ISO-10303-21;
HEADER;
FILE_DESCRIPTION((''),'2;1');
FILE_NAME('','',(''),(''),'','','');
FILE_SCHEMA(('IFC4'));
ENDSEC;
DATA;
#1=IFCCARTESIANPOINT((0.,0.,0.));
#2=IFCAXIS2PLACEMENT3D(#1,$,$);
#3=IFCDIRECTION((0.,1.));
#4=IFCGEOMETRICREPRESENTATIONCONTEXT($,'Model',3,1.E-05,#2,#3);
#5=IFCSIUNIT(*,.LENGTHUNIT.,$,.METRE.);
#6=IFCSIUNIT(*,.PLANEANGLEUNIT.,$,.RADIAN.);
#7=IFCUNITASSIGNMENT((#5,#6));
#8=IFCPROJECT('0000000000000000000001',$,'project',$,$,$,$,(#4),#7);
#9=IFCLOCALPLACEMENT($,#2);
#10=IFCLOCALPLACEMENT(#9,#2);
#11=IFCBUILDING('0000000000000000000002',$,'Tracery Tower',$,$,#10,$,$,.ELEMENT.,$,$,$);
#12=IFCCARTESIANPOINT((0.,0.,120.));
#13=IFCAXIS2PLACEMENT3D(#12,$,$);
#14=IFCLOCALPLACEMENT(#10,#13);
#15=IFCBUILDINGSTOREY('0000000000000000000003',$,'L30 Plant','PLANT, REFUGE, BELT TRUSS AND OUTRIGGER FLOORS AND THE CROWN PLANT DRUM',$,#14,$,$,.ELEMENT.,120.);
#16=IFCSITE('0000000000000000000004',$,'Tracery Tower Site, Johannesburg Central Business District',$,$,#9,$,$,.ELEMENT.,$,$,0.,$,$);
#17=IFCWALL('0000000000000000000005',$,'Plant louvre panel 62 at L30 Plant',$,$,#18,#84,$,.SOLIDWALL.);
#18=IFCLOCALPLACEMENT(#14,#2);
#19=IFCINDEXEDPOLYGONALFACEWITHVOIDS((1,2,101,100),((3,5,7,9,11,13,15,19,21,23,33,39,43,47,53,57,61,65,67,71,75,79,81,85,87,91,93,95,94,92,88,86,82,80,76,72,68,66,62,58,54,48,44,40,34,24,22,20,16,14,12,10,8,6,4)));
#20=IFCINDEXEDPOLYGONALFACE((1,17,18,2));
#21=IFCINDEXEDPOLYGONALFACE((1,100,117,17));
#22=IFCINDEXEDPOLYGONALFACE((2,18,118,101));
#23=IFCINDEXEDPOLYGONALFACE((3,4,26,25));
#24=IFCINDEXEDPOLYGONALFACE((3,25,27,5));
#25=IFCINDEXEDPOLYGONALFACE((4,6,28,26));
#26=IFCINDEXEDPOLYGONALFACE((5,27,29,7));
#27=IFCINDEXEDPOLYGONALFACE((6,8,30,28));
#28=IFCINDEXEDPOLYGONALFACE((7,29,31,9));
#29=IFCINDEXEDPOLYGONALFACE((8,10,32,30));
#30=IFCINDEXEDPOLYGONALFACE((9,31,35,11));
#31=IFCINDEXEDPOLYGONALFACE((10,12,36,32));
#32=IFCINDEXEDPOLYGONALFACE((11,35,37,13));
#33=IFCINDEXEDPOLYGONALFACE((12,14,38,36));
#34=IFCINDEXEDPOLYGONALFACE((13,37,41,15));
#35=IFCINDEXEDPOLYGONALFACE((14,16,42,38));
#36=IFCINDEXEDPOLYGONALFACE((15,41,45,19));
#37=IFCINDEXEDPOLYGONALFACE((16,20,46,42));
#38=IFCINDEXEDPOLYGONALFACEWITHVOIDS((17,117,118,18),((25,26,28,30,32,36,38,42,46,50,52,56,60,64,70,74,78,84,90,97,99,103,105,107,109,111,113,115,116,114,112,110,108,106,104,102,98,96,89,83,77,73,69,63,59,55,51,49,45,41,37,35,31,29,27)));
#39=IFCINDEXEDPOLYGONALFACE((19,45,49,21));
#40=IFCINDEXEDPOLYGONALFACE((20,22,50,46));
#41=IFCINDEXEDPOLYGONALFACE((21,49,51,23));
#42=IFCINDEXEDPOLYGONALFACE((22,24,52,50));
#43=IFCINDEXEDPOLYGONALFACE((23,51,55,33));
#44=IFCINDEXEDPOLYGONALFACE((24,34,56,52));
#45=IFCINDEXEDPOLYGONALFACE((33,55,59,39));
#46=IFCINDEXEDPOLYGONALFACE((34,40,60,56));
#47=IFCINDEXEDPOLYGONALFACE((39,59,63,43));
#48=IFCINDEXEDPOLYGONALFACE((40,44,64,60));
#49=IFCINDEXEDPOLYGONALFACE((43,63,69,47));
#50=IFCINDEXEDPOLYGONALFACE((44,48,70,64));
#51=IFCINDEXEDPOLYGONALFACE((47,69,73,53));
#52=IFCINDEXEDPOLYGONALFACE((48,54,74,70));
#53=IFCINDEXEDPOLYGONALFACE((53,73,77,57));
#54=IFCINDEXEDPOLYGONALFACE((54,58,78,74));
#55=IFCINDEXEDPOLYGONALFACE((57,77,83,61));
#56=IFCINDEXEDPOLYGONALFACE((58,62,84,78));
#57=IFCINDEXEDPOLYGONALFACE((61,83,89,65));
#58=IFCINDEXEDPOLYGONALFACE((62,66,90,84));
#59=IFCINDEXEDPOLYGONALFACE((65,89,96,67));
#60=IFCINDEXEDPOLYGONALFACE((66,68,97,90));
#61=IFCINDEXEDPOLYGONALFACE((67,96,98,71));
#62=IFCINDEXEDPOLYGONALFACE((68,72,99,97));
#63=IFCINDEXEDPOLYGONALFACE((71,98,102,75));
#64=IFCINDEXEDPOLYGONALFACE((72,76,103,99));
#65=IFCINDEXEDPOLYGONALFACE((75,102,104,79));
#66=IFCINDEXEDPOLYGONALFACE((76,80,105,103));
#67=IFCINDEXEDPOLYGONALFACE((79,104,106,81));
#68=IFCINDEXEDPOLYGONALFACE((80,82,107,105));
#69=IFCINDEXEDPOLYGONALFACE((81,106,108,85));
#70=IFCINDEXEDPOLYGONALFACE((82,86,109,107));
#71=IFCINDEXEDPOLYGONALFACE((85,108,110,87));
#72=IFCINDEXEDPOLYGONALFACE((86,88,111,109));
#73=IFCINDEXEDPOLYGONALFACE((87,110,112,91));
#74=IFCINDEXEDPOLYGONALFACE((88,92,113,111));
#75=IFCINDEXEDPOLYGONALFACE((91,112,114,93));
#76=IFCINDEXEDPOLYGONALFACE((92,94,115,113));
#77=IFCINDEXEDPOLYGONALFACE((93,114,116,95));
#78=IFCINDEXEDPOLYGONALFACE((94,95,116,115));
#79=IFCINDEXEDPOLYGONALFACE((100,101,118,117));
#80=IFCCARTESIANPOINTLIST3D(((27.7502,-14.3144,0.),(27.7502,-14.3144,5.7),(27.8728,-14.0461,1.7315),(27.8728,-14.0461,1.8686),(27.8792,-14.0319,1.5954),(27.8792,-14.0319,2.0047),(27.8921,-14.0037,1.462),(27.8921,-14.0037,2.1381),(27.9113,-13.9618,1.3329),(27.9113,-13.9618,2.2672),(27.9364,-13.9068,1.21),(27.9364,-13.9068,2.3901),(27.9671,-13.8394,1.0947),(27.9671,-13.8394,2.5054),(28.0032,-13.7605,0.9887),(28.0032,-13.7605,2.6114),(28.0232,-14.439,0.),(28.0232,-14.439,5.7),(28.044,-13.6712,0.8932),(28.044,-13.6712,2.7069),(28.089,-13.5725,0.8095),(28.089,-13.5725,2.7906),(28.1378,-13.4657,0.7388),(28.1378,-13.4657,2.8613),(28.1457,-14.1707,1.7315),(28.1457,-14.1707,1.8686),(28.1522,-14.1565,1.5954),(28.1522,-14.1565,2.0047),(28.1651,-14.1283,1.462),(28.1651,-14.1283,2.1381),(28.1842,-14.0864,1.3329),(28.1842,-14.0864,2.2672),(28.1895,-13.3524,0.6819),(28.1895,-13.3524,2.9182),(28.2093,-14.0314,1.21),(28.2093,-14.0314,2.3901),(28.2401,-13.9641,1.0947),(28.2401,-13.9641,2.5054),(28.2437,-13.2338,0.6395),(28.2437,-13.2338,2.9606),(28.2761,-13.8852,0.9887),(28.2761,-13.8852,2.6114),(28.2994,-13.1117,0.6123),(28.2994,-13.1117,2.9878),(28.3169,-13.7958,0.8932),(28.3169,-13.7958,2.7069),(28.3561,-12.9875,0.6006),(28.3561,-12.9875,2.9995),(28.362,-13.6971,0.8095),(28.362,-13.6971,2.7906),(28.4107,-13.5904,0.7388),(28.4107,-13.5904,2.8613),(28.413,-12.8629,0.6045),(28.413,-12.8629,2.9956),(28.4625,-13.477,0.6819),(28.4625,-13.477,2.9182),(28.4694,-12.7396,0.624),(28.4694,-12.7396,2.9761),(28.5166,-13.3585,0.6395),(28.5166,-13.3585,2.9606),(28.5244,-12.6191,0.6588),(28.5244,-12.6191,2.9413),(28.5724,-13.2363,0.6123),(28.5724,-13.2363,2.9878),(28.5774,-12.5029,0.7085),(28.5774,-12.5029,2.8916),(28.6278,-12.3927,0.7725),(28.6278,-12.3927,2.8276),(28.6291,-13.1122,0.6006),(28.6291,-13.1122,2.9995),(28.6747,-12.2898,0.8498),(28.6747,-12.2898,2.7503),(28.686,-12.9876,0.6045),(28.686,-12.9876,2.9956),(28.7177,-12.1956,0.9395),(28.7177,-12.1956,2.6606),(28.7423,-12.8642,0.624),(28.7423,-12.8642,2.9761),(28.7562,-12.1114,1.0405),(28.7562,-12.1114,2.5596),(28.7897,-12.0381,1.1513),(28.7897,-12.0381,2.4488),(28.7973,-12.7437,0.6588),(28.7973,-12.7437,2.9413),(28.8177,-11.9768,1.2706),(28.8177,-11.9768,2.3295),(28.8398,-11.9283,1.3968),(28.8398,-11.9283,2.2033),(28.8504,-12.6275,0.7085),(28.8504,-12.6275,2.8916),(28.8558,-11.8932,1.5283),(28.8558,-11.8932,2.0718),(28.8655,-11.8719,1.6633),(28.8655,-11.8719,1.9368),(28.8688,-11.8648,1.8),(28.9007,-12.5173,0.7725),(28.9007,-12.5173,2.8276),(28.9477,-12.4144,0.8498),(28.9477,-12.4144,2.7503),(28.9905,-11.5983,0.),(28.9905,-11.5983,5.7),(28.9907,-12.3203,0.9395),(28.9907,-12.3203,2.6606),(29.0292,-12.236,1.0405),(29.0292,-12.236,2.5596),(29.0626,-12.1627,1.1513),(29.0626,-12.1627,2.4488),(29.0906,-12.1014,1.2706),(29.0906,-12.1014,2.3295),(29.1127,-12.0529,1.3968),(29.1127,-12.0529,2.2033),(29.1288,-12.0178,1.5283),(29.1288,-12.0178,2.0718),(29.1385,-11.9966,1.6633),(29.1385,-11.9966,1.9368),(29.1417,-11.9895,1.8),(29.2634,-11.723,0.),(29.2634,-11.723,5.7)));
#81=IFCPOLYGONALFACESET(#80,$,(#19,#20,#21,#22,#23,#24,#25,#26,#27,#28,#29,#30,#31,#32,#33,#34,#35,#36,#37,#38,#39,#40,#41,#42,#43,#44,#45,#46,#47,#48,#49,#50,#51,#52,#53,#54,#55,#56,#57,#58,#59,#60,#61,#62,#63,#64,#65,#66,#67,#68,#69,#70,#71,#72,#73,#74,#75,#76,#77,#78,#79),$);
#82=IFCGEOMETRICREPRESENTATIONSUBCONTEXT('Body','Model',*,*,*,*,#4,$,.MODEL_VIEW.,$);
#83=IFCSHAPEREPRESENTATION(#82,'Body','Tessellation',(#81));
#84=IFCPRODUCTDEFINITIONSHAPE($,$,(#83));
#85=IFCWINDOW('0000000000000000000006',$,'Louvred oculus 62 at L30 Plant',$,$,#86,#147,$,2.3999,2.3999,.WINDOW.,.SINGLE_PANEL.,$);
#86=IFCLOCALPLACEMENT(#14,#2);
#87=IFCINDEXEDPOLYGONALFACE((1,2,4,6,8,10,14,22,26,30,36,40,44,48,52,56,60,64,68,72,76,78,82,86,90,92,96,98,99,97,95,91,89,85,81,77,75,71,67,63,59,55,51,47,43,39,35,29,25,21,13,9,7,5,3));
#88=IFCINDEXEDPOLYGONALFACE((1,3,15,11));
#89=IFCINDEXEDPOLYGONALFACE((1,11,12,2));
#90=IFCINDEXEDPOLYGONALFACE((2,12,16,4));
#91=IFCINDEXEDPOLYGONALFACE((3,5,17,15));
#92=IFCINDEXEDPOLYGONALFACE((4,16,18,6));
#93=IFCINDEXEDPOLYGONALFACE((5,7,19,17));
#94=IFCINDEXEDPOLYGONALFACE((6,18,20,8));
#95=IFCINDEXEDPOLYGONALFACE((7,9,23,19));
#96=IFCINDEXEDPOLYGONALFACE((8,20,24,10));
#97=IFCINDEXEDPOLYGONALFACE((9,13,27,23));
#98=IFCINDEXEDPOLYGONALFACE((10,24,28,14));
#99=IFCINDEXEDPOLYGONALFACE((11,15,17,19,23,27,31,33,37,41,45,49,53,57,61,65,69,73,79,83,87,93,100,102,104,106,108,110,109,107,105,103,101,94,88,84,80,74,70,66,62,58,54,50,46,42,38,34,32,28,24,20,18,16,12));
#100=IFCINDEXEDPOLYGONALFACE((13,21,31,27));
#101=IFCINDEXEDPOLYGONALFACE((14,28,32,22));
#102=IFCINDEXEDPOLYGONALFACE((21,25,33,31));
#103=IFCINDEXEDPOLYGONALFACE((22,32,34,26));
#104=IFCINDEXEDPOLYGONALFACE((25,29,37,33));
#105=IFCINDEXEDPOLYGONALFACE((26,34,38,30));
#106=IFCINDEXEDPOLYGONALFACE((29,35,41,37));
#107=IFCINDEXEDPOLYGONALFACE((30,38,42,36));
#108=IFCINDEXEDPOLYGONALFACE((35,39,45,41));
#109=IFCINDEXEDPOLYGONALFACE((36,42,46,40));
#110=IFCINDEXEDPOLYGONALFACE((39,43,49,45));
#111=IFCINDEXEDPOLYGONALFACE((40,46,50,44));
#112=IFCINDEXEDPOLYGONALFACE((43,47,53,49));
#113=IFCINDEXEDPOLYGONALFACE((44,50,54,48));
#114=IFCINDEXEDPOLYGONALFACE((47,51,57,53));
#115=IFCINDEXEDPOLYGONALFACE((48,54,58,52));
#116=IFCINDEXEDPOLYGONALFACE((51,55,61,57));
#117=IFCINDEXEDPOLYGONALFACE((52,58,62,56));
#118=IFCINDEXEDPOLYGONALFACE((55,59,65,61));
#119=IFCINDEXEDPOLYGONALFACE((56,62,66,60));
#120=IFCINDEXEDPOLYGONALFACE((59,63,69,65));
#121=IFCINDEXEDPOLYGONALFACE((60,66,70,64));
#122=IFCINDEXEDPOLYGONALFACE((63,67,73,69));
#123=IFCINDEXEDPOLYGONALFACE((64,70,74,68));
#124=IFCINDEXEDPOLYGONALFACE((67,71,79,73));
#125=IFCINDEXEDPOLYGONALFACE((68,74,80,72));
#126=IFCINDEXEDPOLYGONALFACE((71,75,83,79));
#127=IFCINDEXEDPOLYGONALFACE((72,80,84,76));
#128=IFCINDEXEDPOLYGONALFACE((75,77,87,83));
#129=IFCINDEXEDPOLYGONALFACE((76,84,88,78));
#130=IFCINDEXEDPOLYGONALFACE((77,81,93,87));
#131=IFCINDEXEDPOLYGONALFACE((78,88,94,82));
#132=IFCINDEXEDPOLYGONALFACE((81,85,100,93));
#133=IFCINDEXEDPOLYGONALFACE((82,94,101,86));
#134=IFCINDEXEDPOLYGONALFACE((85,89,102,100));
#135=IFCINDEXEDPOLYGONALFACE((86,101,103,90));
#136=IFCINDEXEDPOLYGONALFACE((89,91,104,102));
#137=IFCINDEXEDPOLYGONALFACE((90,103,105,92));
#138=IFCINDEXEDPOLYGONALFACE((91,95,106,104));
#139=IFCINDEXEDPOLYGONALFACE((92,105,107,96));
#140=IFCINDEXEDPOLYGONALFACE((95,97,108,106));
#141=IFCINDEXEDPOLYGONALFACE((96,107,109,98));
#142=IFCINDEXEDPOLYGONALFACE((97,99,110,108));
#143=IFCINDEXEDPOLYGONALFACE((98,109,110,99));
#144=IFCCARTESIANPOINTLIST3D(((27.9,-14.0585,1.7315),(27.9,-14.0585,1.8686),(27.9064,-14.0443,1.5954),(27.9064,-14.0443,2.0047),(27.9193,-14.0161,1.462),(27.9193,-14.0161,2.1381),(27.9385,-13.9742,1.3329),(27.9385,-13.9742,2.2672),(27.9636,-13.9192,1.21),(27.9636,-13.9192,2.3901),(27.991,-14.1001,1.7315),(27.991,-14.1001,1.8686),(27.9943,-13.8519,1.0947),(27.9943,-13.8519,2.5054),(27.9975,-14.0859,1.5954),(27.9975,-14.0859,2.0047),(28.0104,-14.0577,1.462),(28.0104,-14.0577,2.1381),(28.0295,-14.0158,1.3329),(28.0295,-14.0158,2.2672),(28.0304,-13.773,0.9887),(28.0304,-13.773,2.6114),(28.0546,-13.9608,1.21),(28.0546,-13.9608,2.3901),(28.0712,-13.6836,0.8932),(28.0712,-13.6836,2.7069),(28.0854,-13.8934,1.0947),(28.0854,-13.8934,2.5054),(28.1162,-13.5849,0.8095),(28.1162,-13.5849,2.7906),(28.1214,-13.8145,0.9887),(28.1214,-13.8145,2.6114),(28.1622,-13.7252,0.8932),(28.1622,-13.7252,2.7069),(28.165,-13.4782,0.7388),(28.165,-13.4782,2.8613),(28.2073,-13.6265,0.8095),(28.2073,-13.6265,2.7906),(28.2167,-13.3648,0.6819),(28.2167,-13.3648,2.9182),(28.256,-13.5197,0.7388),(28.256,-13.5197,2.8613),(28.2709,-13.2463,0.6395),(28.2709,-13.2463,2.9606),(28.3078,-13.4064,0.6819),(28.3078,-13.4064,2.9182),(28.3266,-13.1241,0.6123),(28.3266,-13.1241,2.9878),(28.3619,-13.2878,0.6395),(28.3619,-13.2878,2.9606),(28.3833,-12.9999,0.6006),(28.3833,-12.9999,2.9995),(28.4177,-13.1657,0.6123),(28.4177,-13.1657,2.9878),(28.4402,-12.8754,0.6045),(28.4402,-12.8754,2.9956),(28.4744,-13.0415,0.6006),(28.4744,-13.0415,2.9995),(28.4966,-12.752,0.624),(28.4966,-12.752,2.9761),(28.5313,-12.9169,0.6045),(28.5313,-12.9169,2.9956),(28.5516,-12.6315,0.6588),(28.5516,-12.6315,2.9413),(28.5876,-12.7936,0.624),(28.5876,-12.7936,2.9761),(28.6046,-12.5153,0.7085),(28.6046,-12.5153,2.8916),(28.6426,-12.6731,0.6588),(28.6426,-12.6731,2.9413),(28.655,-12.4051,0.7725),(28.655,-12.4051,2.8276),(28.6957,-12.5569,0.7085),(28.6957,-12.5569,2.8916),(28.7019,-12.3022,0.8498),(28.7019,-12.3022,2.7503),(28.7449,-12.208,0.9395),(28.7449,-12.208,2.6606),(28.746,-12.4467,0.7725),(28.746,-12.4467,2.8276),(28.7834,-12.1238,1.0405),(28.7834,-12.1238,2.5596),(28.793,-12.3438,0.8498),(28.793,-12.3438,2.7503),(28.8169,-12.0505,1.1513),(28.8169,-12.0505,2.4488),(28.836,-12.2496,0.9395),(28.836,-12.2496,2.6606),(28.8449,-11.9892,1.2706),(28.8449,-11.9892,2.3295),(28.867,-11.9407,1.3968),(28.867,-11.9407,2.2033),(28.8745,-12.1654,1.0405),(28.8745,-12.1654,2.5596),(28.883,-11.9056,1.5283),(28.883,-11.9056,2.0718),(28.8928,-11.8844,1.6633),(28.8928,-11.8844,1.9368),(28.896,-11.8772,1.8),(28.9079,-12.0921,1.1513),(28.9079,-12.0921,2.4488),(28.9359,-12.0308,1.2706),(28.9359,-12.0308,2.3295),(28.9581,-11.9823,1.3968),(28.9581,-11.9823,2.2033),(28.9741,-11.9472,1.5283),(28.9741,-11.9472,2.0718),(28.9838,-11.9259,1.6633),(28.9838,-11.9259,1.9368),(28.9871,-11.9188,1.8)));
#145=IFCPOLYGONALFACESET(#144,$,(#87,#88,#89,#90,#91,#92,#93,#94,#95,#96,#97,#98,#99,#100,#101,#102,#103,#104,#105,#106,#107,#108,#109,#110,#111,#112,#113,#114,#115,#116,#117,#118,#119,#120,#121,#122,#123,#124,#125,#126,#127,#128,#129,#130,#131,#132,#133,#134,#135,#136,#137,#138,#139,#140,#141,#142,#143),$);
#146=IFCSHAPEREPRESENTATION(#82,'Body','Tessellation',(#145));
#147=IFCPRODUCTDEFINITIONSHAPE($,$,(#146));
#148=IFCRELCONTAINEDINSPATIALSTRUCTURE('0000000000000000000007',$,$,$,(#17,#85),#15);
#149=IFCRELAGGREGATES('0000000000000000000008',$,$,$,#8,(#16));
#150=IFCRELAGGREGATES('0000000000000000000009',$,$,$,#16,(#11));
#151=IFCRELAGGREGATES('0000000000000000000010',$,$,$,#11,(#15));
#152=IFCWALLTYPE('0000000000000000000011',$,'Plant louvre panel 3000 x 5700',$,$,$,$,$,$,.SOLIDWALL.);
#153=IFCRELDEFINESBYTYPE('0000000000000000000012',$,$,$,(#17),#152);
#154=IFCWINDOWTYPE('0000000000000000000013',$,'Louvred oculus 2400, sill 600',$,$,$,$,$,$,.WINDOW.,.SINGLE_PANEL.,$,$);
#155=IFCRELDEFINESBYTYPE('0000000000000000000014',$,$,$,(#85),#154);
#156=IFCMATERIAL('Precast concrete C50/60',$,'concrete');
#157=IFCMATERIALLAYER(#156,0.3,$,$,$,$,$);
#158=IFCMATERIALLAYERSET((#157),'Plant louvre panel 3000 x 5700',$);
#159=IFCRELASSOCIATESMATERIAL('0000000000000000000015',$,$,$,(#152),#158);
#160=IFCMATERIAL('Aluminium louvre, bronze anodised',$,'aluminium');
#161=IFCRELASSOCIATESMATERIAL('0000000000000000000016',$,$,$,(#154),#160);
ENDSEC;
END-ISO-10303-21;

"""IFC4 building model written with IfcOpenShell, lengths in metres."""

from ifc_helpers import new_model, si_unit, direction, frame, frame_2d, origin, origin_2d, place, context, subcontext, project, spatial, rectangle, circle, extrude, material, layer, layer_set, type_object, element, fill, save


model = new_model("IFC4")

# Units and contexts
model_context = context("Model", 3, precision=1e-05, world=origin(), true_north=direction((0.0, 1.0)))
body_context = subcontext(model_context, "Body", "Model", "MODEL_VIEW")
ifc_project = project(units=[si_unit("LENGTHUNIT", "METRE"), si_unit("PLANEANGLEUNIT", "RADIAN")], contexts=[model_context])

# Site, building, storey
site_placement = place(None, origin())
site = spatial("IfcSite", under=ifc_project, at=site_placement, Name="Tracery Tower Site, Johannesburg Central Business District", CompositionType="ELEMENT", RefElevation=0.0)
building_placement = place(site_placement, origin())
building = spatial("IfcBuilding", under=site, at=building_placement, Name="Tracery Tower", CompositionType="ELEMENT")
storey_placement = place(building_placement, frame((0.0, 0.0, 120.0)))
storey = spatial("IfcBuildingStorey", under=building, at=storey_placement, Name="L30 Plant", Description="PLANT, REFUGE, BELT TRUSS AND OUTRIGGER FLOORS AND THE CROWN PLANT DRUM", CompositionType="ELEMENT", Elevation=120.0)

# Wall, opening, window
ifc_material_1 = material(Name="Precast concrete C50/60", Category="concrete")
ifc_layer_1 = layer(ifc_material_1, 0.3)
ifc_layer_set_1 = layer_set([ifc_layer_1], Name="Plant louvre panel 3000 x 5700")
wall_type_1 = type_object("IfcWallType", Name="Plant louvre panel 3000 x 5700", PredefinedType="SOLIDWALL", material=ifc_layer_set_1)
wall_1_placement = place(storey_placement, frame((27.8867, -14.3767, 0.0), z_axis=(0.0, 0.0, 1.0), x_axis=(0.415373, 0.909651, 0.0)))
wall_1 = element("IfcWall", 1, at=wall_1_placement, inside=storey, type_object=wall_type_1, Name="Plant louvre panel 62 at L30 Plant", PredefinedType="SOLIDWALL", context=body_context, shape_type="SweptSolid", body=[
    extrude(rectangle(XDim=2.9858, YDim=0.3, at=frame_2d((1.4929, 0.0))), origin(), (0.0, 0.0, 1.0), 5.7),
])
opening_1_placement = place(wall_1_placement, frame((1.4929, 0.0, 1.8)))
opening_1 = element("IfcOpeningElement", 2, at=opening_1_placement, cuts=wall_1, PredefinedType="OPENING", context=body_context, shape_type="SweptSolid", body=[
    extrude(circle(Radius=1.2, at=origin_2d()), frame((0.0, 0.1599, 0.0), z_axis=(0.0, -1.0, 0.0), x_axis=(1.0, 0.0, 0.0)), (0.0, 0.0, 1.0), 0.3201),
])
ifc_material_2 = material(Name="Aluminium louvre, bronze anodised", Category="aluminium")
window_type = type_object("IfcWindowType", Name="Louvred oculus 2400, sill 600", PartitioningType="SINGLE_PANEL", PredefinedType="WINDOW", material=ifc_material_2)
window_1_placement = place(opening_1_placement, origin())
window_1 = element("IfcWindow", 3, at=window_1_placement, inside=storey, type_object=window_type, Name="Louvred oculus 62 at L30 Plant", OverallHeight=2.3999, OverallWidth=2.3999, PartitioningType="SINGLE_PANEL", PredefinedType="WINDOW", context=body_context, shape_type="SweptSolid", body=[
    extrude(circle(Radius=1.2, at=origin_2d()), frame((0.0, 0.1201, 0.0), z_axis=(0.0, -1.0, 0.0), x_axis=(1.0, 0.0, 0.0)), (0.0, 0.0, 1.0), 0.1001),
])
fill(opening_1, window_1)

save(model, "model.ifc")
